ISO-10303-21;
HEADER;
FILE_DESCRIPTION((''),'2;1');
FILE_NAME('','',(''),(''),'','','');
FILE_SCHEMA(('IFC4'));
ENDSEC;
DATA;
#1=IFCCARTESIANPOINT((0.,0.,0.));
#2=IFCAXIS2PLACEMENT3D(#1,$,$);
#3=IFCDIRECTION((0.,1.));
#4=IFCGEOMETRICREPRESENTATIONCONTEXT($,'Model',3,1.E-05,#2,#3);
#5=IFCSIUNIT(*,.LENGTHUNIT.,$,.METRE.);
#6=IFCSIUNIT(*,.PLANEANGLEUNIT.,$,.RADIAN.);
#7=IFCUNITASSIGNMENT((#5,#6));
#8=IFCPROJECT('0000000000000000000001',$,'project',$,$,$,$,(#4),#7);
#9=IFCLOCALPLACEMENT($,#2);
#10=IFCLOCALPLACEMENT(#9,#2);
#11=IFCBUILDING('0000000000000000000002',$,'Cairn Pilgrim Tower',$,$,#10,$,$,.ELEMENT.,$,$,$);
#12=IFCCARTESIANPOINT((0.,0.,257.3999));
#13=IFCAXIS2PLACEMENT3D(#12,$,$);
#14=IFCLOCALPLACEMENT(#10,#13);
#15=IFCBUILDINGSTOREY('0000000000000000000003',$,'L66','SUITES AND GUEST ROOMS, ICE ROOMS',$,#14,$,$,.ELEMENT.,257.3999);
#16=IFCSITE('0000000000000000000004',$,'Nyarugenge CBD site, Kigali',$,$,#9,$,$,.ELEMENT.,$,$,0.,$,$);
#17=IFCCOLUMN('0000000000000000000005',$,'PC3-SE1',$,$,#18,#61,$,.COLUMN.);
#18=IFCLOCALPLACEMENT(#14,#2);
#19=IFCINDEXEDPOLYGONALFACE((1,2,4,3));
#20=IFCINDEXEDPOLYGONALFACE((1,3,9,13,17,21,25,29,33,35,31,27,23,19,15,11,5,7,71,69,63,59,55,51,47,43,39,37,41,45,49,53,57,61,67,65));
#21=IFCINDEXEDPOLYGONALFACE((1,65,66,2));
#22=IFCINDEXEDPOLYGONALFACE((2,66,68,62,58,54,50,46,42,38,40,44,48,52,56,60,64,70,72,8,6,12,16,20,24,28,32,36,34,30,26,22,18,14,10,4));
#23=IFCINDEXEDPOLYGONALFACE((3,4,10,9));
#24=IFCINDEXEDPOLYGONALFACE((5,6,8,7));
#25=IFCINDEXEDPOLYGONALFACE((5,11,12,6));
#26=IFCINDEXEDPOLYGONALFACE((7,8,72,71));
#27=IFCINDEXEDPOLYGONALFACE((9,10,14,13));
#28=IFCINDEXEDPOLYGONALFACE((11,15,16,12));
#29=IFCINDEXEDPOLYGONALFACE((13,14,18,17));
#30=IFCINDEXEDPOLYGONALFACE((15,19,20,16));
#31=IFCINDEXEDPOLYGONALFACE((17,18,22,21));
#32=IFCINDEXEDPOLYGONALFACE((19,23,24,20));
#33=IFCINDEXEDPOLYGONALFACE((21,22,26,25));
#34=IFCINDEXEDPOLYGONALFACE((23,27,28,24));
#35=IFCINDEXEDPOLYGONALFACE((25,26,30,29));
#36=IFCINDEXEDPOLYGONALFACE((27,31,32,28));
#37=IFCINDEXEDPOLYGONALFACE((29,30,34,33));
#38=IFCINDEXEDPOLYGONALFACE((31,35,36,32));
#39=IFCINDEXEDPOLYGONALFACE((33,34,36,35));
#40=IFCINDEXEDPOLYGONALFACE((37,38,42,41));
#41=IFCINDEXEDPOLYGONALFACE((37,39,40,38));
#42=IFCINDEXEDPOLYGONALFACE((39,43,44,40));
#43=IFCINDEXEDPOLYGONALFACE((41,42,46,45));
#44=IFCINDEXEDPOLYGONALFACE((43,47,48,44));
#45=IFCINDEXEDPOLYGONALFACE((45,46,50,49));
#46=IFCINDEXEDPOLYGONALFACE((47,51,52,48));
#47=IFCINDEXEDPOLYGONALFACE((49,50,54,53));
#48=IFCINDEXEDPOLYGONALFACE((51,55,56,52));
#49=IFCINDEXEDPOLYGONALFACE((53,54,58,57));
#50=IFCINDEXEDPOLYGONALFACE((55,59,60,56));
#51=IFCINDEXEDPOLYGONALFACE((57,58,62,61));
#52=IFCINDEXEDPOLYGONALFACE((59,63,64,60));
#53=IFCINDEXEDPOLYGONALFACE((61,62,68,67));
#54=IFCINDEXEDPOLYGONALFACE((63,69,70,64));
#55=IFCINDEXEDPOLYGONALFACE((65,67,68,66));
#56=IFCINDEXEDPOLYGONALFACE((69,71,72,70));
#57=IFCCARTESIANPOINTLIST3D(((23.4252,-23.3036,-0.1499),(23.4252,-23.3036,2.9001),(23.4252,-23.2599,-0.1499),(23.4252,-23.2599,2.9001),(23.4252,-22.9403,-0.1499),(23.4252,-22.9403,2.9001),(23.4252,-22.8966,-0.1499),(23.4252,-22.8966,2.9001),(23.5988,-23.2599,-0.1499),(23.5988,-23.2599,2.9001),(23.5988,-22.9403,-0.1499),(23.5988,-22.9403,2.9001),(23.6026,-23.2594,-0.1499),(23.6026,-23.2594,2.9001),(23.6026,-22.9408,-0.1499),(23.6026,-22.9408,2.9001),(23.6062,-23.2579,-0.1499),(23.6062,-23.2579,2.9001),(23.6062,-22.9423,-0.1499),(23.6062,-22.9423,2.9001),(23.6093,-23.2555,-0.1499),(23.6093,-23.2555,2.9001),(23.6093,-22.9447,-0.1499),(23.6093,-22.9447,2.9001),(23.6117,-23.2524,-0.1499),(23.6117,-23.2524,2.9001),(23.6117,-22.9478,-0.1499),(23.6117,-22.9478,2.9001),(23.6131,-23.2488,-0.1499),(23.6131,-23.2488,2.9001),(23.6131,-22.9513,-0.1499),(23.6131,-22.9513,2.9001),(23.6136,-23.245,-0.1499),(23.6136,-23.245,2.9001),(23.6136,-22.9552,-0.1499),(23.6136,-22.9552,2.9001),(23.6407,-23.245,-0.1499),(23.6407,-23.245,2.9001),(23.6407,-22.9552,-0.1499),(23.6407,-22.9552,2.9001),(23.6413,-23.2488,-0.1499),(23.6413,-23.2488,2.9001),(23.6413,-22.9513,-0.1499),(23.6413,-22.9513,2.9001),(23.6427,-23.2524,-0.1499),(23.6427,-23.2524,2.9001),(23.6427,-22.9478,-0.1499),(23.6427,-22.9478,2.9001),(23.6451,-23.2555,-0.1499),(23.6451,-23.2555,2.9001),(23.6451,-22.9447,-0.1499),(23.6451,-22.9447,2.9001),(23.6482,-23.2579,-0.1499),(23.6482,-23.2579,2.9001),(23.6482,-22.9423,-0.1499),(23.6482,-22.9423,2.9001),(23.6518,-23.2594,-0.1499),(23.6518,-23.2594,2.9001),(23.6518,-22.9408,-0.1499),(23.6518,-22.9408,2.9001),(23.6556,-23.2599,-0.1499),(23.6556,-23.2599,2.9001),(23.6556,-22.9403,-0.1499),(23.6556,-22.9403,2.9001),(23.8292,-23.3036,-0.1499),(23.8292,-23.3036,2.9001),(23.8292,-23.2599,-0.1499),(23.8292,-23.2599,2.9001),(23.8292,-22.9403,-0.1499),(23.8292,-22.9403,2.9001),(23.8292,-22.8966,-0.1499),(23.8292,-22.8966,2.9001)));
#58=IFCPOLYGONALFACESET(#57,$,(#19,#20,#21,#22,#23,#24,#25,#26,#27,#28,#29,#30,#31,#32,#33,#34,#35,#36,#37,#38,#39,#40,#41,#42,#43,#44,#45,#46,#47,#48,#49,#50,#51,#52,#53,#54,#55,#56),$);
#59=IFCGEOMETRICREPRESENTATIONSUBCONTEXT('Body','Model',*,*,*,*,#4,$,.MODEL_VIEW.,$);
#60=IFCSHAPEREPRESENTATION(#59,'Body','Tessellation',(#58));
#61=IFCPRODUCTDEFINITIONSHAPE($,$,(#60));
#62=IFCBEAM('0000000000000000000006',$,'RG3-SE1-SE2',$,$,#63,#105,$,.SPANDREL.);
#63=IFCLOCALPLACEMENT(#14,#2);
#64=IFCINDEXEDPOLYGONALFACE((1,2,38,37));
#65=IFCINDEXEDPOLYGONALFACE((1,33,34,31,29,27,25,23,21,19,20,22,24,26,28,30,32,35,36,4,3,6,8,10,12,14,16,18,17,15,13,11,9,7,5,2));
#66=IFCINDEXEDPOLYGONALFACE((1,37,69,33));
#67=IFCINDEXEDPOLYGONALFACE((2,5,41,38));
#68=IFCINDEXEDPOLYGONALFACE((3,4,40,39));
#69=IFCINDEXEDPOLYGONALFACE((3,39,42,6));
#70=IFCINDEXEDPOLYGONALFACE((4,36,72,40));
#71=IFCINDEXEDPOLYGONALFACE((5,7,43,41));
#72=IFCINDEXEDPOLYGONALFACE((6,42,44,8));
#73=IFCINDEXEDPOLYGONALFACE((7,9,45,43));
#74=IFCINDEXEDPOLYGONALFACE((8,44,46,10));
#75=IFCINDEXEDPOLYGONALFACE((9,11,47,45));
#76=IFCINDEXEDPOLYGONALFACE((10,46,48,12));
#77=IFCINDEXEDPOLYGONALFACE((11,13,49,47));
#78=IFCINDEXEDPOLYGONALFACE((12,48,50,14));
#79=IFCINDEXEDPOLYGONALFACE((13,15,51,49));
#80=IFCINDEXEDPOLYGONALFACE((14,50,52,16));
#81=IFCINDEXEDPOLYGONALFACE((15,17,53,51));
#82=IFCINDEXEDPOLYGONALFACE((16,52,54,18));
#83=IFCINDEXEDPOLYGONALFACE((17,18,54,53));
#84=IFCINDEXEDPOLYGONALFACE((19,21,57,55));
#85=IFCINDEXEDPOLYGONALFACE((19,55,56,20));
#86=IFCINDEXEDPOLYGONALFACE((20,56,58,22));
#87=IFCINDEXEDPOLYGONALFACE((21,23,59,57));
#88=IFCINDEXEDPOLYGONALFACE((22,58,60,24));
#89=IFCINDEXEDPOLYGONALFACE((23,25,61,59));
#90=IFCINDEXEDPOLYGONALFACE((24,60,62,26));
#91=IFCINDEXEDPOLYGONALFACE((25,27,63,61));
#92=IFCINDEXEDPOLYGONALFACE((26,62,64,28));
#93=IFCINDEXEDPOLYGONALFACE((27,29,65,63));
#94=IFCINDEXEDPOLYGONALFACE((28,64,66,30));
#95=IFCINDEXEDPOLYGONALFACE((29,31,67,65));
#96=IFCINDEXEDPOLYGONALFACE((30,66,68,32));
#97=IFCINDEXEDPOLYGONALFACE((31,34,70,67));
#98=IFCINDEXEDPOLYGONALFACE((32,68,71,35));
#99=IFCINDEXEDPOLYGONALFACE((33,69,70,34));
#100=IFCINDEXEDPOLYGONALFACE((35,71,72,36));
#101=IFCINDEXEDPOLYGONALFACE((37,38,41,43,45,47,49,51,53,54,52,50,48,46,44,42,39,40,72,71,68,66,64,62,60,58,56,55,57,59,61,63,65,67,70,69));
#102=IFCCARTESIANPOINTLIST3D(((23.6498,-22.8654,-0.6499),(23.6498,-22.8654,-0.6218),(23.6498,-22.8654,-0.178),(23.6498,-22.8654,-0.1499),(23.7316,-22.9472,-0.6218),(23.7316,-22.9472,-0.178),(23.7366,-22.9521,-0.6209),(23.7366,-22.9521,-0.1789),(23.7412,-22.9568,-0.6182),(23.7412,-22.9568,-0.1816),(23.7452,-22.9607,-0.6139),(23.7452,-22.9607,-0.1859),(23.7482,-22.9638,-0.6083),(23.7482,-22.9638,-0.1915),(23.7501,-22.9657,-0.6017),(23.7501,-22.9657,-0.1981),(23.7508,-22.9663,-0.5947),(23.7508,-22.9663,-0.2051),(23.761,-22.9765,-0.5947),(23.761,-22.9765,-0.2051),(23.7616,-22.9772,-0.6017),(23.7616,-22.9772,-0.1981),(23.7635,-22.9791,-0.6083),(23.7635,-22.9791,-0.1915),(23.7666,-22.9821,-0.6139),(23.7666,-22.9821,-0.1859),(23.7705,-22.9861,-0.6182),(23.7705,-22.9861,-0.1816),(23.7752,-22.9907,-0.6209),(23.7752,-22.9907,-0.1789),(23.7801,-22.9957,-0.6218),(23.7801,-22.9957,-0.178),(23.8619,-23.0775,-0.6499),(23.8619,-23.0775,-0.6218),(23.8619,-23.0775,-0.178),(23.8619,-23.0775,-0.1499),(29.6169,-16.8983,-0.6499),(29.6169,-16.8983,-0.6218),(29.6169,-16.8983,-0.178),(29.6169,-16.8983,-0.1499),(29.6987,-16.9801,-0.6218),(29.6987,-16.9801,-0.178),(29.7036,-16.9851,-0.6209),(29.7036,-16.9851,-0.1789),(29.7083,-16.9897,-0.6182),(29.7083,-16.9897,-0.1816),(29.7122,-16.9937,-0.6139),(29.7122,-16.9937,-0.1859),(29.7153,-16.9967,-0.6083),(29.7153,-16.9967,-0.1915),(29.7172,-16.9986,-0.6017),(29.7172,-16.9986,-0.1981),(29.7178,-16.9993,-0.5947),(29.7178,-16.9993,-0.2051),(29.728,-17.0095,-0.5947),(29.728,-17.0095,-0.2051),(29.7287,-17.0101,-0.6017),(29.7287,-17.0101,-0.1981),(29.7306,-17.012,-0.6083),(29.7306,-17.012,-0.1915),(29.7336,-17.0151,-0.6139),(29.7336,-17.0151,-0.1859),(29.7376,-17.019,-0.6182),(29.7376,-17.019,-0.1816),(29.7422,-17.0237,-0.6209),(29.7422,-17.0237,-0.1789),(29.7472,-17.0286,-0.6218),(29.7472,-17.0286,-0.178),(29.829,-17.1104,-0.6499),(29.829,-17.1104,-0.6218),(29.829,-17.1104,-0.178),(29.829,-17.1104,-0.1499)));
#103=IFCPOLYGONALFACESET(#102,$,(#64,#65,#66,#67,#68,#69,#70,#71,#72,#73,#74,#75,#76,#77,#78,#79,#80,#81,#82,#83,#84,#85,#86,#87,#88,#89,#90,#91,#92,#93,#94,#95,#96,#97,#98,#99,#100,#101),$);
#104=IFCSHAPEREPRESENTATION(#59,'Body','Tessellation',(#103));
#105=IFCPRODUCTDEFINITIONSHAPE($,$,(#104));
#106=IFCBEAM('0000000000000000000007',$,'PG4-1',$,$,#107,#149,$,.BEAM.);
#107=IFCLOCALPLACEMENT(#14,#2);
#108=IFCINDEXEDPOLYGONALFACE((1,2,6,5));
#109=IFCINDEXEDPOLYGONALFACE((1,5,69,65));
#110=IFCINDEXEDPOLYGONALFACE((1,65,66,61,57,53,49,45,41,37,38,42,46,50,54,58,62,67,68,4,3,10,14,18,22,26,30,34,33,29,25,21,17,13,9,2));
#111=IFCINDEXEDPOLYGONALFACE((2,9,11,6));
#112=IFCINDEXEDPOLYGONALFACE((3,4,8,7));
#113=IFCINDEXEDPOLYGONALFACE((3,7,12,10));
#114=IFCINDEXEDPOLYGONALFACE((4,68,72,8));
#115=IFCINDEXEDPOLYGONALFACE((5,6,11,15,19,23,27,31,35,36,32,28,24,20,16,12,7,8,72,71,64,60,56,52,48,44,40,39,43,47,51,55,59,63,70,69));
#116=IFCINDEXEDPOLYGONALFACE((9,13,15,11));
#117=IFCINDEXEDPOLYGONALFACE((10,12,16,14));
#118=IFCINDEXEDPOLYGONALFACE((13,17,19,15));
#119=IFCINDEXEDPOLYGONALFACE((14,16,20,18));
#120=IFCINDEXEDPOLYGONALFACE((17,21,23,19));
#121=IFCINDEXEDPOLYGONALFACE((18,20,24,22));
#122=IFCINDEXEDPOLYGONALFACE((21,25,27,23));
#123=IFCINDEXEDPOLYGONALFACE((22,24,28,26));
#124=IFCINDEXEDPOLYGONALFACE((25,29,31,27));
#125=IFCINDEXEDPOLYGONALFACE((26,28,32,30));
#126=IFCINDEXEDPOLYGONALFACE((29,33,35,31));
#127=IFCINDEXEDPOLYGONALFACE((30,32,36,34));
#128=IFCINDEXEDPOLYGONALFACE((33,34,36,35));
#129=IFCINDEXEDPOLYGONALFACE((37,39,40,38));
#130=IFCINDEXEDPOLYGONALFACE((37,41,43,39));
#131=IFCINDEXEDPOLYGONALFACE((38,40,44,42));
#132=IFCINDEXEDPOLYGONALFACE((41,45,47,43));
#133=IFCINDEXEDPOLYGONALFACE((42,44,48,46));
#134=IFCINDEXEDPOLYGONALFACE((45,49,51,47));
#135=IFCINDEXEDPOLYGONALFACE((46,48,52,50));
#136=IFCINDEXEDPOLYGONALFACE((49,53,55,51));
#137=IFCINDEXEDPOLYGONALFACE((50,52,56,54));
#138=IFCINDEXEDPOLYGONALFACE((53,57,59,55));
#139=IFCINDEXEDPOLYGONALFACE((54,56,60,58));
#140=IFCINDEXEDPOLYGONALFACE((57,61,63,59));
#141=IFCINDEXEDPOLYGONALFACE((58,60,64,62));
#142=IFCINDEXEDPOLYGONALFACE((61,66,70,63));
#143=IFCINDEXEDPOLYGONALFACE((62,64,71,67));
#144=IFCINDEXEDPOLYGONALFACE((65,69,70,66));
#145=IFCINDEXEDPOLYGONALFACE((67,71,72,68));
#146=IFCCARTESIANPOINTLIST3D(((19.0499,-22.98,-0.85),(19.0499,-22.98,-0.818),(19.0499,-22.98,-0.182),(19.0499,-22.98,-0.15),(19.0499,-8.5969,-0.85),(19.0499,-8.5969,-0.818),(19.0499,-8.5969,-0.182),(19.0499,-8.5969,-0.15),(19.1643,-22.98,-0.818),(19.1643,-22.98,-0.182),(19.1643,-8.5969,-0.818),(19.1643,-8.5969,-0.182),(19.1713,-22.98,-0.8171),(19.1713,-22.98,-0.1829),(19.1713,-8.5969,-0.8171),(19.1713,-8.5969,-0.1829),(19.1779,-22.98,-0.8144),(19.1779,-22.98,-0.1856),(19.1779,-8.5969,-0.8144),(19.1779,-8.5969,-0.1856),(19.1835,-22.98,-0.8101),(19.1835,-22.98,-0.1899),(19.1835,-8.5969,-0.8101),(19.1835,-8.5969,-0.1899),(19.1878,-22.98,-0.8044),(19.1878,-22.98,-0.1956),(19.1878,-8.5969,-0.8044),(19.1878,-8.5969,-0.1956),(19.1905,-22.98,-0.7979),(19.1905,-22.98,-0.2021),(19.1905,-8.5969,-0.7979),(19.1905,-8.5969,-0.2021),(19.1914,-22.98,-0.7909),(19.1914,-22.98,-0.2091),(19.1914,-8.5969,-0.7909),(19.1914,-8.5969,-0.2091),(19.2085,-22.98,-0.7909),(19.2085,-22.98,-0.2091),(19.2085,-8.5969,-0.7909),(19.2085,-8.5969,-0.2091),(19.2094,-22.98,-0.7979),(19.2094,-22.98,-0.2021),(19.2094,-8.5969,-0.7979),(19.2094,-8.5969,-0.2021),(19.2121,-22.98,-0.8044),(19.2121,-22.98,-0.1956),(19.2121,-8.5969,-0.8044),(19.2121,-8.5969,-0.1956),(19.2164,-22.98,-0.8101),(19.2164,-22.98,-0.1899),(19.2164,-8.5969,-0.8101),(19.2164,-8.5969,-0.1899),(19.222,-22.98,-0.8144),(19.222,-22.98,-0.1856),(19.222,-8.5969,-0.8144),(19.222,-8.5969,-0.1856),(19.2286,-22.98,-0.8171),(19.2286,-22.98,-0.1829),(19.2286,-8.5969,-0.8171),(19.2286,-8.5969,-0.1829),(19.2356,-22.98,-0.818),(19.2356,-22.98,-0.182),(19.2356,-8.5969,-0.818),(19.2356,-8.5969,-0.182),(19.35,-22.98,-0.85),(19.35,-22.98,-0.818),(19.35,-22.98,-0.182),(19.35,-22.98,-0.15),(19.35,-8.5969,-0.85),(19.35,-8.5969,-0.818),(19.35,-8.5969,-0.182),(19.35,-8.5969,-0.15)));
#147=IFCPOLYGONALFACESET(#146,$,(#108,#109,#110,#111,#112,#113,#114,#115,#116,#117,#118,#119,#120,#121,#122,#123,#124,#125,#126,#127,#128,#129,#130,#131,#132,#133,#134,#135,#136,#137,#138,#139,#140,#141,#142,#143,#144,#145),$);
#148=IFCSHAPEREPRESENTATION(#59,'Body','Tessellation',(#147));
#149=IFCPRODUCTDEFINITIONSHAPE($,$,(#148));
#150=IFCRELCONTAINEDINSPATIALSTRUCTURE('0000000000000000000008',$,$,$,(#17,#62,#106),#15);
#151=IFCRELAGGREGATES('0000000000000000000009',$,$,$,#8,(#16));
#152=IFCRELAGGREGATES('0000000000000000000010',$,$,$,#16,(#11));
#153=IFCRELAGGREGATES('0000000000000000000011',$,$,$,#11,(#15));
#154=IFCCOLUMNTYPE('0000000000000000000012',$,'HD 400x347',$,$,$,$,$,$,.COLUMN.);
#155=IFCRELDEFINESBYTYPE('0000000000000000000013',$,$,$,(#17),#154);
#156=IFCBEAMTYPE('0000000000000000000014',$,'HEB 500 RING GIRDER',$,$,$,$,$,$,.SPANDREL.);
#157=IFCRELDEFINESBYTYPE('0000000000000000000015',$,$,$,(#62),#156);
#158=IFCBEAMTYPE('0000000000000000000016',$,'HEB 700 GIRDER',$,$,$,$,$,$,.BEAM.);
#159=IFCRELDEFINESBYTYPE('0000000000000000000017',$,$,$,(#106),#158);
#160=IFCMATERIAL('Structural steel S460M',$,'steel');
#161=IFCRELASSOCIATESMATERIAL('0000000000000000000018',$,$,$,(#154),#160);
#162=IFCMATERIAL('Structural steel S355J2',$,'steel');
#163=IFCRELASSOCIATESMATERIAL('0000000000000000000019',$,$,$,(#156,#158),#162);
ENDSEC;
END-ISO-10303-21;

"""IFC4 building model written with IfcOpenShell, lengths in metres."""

from ifc_helpers import new_model, si_unit, direction, frame, origin, origin_2d, place, context, subcontext, project, spatial, i_section, extrude, clip, halfspace, material, material_profile, profile_set, type_object, element, save


model = new_model("IFC4")

# Units and contexts
model_context = context("Model", 3, precision=1e-05, world=origin(), true_north=direction((0.0, 1.0)))
body_context = subcontext(model_context, "Body", "Model", "MODEL_VIEW")
ifc_project = project(units=[si_unit("LENGTHUNIT", "METRE"), si_unit("PLANEANGLEUNIT", "RADIAN")], contexts=[model_context])

# Site, building, storey
site_placement = place(None, origin())
site = spatial("IfcSite", under=ifc_project, at=site_placement, Name="Nyarugenge CBD site, Kigali", CompositionType="ELEMENT", RefElevation=0.0)
building_placement = place(site_placement, origin())
building = spatial("IfcBuilding", under=site, at=building_placement, Name="Cairn Pilgrim Tower", CompositionType="ELEMENT")
storey_placement = place(building_placement, frame((0.0, 0.0, 257.3999)))
storey = spatial("IfcBuildingStorey", under=building, at=storey_placement, Name="L66", Description="SUITES AND GUEST ROOMS, ICE ROOMS", CompositionType="ELEMENT", Elevation=257.3999)

# Column
ifc_material_1 = material(Name="Structural steel S460M", Category="steel")
ifc_material_profile_1 = material_profile(ifc_material_1, i_section(OverallWidth=0.4041, OverallDepth=0.407, WebThickness=0.0271, FlangeThickness=0.0437, FilletRadius=0.0149, at=origin_2d()), Name="HD 400x347")
ifc_profile_set_1 = profile_set([ifc_material_profile_1], Name="Structural steel S460M")
column_type = type_object("IfcColumnType", Name="HD 400x347", PredefinedType="COLUMN", material=ifc_profile_set_1)
column_placement = place(storey_placement, frame((23.6272, -23.1001, -0.1499), z_axis=(0.0, 0.0, 1.0), x_axis=(1.0, 0.0, 0.0)))
element("IfcColumn", 1, at=column_placement, inside=storey, type_object=column_type, Name="PC3-SE1", PredefinedType="COLUMN", context=body_context, shape_type="Clipping", body=[
    clip(extrude(i_section(OverallWidth=0.4041, OverallDepth=0.407, WebThickness=0.0271, FlangeThickness=0.0437, FilletRadius=0.0149, at=origin_2d()), origin(), (0.0, 0.0, 1.0), 3.5), halfspace(frame((0.0, 0.0, 3.05), z_axis=(0.0, 0.0, 1.0), x_axis=(1.0, 0.0, 0.0)), False)),
])

# Beams
ifc_material_2 = material(Name="Structural steel S355J2", Category="steel")
ifc_material_profile_2 = material_profile(ifc_material_2, i_section(OverallWidth=0.3, OverallDepth=0.5, WebThickness=0.0144, FlangeThickness=0.0281, FilletRadius=0.0271, at=origin_2d()), Name="HEB 500")
ifc_profile_set_2 = profile_set([ifc_material_profile_2], Name="Structural steel S355J2")
beam_type_1 = type_object("IfcBeamType", Name="HEB 500 RING GIRDER", PredefinedType="SPANDREL", material=ifc_profile_set_2)
beam_1_placement = place(storey_placement, frame((23.7559, -22.9714, -0.3999), z_axis=(0.707107, 0.707107, 0.0), x_axis=(-0.707107, 0.707107, 0.0)))
element("IfcBeam", 2, at=beam_1_placement, inside=storey, type_object=beam_type_1, Name="RG3-SE1-SE2", PredefinedType="SPANDREL", context=body_context, shape_type="SweptSolid", body=[
    extrude(i_section(OverallWidth=0.3, OverallDepth=0.5, WebThickness=0.0144, FlangeThickness=0.0281, FilletRadius=0.0271, at=origin_2d()), origin(), (0.0, 0.0, 1.0), 8.4387),
])
ifc_material_profile_3 = material_profile(ifc_material_2, i_section(OverallWidth=0.3, OverallDepth=0.7, WebThickness=0.0171, FlangeThickness=0.032, FilletRadius=0.0271, at=origin_2d()), Name="HEB 700")
ifc_profile_set_3 = profile_set([ifc_material_profile_3], Name="Structural steel S355J2")
beam_type_2 = type_object("IfcBeamType", Name="HEB 700 GIRDER", PredefinedType="BEAM", material=ifc_profile_set_3)
beam_2_placement = place(storey_placement, frame((19.2, -22.98, -0.5), z_axis=(0.0, 1.0, 0.0), x_axis=(-1.0, 0.0, 0.0)))
element("IfcBeam", 3, at=beam_2_placement, inside=storey, type_object=beam_type_2, Name="PG4-1", PredefinedType="BEAM", context=body_context, shape_type="SweptSolid", body=[
    extrude(i_section(OverallWidth=0.3, OverallDepth=0.7, WebThickness=0.0171, FlangeThickness=0.032, FilletRadius=0.0271, at=origin_2d()), origin(), (0.0, 0.0, 1.0), 14.3831),
])

save(model, "model.ifc")
